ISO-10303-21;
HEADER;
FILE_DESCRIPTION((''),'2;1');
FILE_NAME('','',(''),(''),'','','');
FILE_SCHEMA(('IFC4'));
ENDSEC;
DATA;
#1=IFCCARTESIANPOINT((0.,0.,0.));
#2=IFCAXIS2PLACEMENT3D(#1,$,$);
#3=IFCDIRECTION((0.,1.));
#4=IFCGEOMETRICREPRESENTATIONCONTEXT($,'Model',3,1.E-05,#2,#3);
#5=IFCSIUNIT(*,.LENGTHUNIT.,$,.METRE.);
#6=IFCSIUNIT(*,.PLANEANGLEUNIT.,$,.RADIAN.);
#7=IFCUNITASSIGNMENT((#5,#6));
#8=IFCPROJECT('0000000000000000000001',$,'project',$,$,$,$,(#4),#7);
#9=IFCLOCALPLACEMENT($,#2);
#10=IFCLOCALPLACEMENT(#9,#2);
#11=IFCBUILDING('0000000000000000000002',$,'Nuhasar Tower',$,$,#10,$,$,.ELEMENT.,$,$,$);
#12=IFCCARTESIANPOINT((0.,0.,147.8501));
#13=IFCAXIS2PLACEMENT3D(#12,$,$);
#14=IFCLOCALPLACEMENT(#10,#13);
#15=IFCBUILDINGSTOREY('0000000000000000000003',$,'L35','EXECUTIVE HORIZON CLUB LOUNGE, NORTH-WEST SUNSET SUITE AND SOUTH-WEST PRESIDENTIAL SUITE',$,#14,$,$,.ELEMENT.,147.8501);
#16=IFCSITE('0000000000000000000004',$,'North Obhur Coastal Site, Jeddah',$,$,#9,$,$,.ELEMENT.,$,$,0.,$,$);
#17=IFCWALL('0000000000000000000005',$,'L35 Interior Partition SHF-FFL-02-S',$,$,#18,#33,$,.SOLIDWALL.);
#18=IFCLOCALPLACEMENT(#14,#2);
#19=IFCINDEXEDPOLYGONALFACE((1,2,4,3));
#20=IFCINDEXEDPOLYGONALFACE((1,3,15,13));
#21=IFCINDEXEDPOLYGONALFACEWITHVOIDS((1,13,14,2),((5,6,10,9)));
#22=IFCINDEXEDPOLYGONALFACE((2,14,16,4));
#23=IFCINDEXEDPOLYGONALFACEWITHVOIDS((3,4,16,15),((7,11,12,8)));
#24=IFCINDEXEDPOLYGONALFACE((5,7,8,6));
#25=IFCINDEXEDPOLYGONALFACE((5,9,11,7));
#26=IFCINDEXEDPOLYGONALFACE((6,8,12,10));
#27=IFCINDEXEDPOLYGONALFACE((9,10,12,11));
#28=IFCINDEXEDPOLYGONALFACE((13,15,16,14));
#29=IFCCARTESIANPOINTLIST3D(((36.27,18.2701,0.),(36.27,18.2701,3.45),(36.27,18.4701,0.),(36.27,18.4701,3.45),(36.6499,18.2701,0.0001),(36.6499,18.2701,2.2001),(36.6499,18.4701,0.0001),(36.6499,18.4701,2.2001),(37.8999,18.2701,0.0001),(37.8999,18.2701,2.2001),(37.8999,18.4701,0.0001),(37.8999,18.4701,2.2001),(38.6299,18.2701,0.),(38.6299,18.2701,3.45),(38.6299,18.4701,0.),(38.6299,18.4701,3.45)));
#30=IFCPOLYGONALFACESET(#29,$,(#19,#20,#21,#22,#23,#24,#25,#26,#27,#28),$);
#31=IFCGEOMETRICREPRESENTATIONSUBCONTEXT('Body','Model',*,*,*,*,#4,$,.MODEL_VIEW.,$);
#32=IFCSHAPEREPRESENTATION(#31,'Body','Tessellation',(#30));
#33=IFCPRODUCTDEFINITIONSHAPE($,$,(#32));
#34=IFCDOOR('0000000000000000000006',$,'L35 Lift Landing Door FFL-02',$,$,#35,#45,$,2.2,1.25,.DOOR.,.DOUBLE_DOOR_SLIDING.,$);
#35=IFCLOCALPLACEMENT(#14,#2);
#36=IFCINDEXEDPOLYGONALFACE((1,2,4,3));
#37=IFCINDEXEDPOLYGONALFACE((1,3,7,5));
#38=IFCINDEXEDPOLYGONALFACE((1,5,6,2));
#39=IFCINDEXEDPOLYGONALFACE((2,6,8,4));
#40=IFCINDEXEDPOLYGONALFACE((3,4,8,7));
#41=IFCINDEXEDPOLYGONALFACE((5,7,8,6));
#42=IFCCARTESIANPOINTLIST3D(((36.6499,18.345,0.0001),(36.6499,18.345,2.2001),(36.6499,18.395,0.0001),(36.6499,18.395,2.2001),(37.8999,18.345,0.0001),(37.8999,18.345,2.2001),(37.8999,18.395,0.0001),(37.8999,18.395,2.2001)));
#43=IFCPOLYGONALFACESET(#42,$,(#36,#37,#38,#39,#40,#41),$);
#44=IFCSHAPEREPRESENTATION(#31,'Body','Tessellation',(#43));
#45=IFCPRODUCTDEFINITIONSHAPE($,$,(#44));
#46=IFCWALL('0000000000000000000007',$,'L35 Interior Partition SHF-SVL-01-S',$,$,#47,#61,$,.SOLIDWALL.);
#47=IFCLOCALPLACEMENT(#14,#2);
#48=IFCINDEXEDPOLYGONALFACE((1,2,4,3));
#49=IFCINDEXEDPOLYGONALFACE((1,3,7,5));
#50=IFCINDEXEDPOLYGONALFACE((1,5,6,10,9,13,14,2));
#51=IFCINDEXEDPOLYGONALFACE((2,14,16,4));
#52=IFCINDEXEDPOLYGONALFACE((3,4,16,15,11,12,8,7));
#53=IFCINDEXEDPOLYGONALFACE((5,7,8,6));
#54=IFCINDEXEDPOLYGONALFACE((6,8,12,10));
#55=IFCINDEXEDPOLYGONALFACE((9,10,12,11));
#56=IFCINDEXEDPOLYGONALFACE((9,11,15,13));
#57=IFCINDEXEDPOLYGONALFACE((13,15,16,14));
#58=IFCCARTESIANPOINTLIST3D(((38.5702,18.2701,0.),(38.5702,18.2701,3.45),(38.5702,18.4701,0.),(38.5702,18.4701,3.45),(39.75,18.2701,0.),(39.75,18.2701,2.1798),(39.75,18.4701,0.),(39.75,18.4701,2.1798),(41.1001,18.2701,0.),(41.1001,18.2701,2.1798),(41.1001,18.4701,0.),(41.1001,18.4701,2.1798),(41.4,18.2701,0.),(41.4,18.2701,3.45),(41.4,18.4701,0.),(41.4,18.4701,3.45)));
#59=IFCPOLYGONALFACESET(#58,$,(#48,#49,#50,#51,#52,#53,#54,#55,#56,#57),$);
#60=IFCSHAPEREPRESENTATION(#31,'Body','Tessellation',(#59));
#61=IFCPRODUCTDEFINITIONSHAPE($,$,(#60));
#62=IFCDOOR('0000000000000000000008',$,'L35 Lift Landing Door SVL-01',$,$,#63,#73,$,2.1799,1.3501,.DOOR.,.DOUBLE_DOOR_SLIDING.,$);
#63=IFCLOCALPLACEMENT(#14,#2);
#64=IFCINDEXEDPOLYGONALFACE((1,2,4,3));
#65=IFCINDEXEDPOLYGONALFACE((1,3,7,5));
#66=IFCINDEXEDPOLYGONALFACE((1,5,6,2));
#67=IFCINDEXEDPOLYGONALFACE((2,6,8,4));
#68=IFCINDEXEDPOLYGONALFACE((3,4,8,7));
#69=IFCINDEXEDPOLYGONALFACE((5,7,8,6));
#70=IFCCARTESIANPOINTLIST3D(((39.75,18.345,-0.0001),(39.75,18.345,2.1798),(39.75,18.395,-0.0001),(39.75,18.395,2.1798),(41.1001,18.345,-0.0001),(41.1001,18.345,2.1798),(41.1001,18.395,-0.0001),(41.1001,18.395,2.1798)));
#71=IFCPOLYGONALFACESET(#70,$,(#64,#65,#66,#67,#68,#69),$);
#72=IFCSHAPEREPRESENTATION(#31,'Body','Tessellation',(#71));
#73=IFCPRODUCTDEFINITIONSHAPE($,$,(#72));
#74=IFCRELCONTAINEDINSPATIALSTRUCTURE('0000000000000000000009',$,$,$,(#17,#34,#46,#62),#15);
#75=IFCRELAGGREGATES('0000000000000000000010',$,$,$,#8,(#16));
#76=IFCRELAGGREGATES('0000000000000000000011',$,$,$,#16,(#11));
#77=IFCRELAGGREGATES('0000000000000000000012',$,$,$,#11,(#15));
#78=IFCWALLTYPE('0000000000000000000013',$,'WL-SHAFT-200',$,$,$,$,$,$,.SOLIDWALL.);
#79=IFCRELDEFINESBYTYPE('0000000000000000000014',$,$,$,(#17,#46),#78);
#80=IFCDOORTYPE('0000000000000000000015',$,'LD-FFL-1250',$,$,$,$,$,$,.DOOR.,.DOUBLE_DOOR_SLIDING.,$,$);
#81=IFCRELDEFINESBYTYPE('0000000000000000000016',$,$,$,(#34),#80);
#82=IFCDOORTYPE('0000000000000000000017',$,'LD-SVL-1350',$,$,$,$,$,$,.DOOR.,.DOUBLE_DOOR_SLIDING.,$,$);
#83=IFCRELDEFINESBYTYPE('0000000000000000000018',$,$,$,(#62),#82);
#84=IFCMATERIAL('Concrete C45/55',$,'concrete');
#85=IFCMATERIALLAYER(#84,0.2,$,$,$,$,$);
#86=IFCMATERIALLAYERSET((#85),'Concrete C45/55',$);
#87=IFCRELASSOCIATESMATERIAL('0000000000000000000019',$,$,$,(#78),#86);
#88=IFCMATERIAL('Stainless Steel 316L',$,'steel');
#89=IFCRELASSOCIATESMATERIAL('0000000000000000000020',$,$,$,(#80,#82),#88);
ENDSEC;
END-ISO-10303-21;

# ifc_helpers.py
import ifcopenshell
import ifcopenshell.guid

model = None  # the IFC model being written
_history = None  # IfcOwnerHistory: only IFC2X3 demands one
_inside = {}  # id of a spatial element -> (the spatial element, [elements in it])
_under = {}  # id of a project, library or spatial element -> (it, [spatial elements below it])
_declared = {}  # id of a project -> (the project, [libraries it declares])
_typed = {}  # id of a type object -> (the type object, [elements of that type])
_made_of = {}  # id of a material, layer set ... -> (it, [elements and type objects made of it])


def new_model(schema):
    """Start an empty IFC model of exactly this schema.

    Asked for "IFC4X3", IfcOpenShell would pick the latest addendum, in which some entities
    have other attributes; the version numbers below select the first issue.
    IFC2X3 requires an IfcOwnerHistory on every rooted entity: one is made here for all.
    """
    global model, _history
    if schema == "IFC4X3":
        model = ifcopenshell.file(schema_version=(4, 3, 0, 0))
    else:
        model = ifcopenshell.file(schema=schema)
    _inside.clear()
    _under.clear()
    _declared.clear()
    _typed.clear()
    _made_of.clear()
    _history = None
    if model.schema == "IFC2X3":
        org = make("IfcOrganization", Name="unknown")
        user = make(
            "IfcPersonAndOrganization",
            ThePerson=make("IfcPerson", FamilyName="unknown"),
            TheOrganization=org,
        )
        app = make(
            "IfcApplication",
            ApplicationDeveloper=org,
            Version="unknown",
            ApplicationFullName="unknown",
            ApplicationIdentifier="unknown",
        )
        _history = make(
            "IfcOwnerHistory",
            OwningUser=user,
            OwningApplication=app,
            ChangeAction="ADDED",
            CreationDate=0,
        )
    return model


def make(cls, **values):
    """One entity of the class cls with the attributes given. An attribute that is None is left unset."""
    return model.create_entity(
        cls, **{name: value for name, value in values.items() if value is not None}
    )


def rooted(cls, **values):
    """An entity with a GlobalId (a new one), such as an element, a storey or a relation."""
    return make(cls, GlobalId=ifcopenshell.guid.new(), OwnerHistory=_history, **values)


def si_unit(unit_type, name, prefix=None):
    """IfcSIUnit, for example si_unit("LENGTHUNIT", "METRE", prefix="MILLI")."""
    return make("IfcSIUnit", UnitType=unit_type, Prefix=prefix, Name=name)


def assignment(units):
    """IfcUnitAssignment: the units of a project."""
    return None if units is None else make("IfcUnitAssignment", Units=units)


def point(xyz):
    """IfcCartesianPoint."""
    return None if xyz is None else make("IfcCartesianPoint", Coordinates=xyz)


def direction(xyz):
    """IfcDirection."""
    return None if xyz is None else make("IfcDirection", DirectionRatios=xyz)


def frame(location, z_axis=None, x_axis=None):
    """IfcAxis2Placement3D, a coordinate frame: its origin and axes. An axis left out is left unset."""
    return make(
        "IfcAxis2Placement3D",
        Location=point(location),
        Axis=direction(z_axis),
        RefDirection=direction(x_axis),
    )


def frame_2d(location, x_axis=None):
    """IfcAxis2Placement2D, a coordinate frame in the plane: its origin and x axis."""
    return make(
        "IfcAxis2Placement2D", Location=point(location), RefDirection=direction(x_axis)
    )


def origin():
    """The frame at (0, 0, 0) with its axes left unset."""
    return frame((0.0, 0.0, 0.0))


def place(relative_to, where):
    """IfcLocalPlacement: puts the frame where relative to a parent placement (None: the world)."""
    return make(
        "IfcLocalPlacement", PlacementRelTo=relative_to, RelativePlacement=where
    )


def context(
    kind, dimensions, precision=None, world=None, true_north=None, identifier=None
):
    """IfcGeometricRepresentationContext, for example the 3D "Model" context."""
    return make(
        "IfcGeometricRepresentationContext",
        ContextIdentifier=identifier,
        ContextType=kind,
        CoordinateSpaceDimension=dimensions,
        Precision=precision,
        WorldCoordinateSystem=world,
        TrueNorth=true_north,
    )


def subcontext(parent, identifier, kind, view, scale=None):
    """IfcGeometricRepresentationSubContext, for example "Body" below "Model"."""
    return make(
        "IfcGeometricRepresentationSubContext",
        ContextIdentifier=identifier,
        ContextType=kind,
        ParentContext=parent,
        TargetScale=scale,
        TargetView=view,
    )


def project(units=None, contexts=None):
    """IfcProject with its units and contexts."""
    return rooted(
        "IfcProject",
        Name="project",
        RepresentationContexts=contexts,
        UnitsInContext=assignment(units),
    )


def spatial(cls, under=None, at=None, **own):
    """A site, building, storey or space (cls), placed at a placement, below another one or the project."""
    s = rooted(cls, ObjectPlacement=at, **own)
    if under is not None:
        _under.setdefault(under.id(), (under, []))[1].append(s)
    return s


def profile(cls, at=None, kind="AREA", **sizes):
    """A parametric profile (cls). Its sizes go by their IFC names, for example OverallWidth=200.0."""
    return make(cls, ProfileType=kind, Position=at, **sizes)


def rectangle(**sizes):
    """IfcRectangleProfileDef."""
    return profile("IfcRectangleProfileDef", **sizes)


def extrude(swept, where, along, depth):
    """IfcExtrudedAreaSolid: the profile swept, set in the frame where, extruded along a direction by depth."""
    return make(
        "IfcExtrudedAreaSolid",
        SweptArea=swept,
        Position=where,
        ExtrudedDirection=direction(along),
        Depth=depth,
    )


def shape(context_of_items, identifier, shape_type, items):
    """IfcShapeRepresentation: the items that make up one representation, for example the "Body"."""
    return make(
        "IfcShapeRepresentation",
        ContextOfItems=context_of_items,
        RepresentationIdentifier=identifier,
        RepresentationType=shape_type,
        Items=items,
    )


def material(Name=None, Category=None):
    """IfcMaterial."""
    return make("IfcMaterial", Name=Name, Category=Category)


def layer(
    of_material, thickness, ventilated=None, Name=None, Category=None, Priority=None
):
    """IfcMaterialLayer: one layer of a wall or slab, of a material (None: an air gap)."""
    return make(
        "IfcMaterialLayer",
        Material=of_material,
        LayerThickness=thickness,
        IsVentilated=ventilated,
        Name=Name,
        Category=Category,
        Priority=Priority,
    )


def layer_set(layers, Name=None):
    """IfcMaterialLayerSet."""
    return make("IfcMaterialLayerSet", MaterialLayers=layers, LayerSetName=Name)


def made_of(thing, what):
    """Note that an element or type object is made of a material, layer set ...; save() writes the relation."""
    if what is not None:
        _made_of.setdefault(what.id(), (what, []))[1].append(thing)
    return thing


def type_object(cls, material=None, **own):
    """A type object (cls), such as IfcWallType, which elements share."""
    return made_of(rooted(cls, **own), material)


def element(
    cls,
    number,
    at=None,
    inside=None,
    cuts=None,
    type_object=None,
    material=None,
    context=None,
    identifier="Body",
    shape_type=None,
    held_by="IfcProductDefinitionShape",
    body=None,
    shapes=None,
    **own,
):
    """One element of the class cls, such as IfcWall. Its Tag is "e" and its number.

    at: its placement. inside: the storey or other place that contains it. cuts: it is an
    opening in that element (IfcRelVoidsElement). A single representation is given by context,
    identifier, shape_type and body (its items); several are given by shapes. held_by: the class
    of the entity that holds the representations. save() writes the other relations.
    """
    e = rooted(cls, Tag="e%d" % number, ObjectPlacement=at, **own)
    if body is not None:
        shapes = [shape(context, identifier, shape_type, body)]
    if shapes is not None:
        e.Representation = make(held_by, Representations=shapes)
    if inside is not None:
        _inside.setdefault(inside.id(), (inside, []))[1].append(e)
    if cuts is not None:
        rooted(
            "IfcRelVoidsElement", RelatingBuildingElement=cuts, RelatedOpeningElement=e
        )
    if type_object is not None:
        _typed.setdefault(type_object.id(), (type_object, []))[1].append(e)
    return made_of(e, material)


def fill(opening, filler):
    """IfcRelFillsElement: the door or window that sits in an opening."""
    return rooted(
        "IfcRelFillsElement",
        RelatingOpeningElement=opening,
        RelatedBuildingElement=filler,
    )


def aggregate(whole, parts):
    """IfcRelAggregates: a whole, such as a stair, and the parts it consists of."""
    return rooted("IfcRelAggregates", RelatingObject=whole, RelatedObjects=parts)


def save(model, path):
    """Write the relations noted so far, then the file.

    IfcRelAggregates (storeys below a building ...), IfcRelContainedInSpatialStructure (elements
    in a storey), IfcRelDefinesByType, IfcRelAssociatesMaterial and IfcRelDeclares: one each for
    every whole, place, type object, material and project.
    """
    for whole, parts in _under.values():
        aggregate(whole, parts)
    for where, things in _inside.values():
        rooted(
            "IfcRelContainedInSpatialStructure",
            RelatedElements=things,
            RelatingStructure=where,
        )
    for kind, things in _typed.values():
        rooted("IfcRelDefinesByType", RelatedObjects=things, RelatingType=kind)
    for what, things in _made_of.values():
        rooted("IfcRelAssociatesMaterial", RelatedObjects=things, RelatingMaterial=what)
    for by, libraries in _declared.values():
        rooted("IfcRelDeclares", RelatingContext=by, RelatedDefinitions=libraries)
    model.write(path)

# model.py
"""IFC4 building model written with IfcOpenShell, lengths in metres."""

from ifc_helpers import new_model, si_unit, direction, frame, frame_2d, origin, place, context, subcontext, project, spatial, rectangle, extrude, material, layer, layer_set, type_object, element, fill, save


model = new_model("IFC4")

# Units and contexts
model_context = context("Model", 3, precision=1e-05, world=origin(), true_north=direction((0.0, 1.0)))
body_context = subcontext(model_context, "Body", "Model", "MODEL_VIEW")
ifc_project = project(units=[si_unit("LENGTHUNIT", "METRE"), si_unit("PLANEANGLEUNIT", "RADIAN")], contexts=[model_context])

# Site, building, storey
site_placement = place(None, origin())
site = spatial("IfcSite", under=ifc_project, at=site_placement, Name="North Obhur Coastal Site, Jeddah", CompositionType="ELEMENT", RefElevation=0.0)
building_placement = place(site_placement, origin())
building = spatial("IfcBuilding", under=site, at=building_placement, Name="Nuhasar Tower", CompositionType="ELEMENT")
storey_placement = place(building_placement, frame((0.0, 0.0, 147.8501)))
storey = spatial("IfcBuildingStorey", under=building, at=storey_placement, Name="L35", Description="EXECUTIVE HORIZON CLUB LOUNGE, NORTH-WEST SUNSET SUITE AND SOUTH-WEST PRESIDENTIAL SUITE", CompositionType="ELEMENT", Elevation=147.8501)

# Shared definitions
ifc_material_1 = material(Name="Concrete C45/55", Category="concrete")
ifc_layer_1 = layer(ifc_material_1, 0.2)
ifc_layer_set_1 = layer_set([ifc_layer_1], Name="Concrete C45/55")
wall_type_1 = type_object("IfcWallType", Name="WL-SHAFT-200", PredefinedType="SOLIDWALL", material=ifc_layer_set_1)

# Shared definitions
ifc_material_2 = material(Name="Stainless Steel 316L", Category="steel")
door_type_1 = type_object("IfcDoorType", Name="LD-FFL-1250", OperationType="DOUBLE_DOOR_SLIDING", PredefinedType="DOOR", material=ifc_material_2)

# Walls, openings, doors
wall_1_placement = place(storey_placement, frame((36.27, 18.3701, 0.0), z_axis=(0.0, 0.0, 1.0), x_axis=(1.0, 0.0, 0.0)))
wall_1 = element("IfcWall", 1, at=wall_1_placement, inside=storey, type_object=wall_type_1, Name="L35 Interior Partition SHF-FFL-02-S", PredefinedType="SOLIDWALL", context=body_context, shape_type="SweptSolid", body=[
    extrude(rectangle(XDim=2.3599, YDim=0.2, at=frame_2d((1.1799, 0.0))), origin(), (0.0, 0.0, 1.0), 3.45),
])
opening_1_placement = place(wall_1_placement, frame((0.3799, 0.0, 0.0)))
opening_1 = element("IfcOpeningElement", 2, at=opening_1_placement, cuts=wall_1, PredefinedType="OPENING", context=body_context, shape_type="SweptSolid", body=[
    extrude(rectangle(XDim=1.25, YDim=2.2, at=frame_2d((0.625, 1.1001))), frame((0.0, 0.1099, 0.0), z_axis=(0.0, -1.0, 0.0), x_axis=(1.0, 0.0, 0.0)), (0.0, 0.0, 1.0), 0.22),
])
door_1_placement = place(opening_1_placement, origin())
door_1 = element("IfcDoor", 3, at=door_1_placement, inside=storey, type_object=door_type_1, Name="L35 Lift Landing Door FFL-02", OperationType="DOUBLE_DOOR_SLIDING", OverallHeight=2.2, OverallWidth=1.25, PredefinedType="DOOR", context=body_context, shape_type="SweptSolid", body=[
    extrude(rectangle(XDim=1.25, YDim=2.2, at=frame_2d((0.625, 1.1001))), frame((0.0, 0.0249, 0.0), z_axis=(0.0, -1.0, 0.0), x_axis=(1.0, 0.0, 0.0)), (0.0, 0.0, 1.0), 0.05),
])
fill(opening_1, door_1)
wall_2_placement = place(storey_placement, frame((38.5701, 18.3701, 0.0), z_axis=(0.0, 0.0, 1.0), x_axis=(1.0, 0.0, 0.0)))
wall_2 = element("IfcWall", 4, at=wall_2_placement, inside=storey, type_object=wall_type_1, Name="L35 Interior Partition SHF-SVL-01-S", PredefinedType="SOLIDWALL", context=body_context, shape_type="SweptSolid", body=[
    extrude(rectangle(XDim=2.8298, YDim=0.2, at=frame_2d((1.415, 0.0))), origin(), (0.0, 0.0, 1.0), 3.45),
])
opening_2_placement = place(wall_2_placement, frame((1.1799, 0.0, 0.0)))
opening_2 = element("IfcOpeningElement", 5, at=opening_2_placement, cuts=wall_2, PredefinedType="OPENING", context=body_context, shape_type="SweptSolid", body=[
    extrude(rectangle(XDim=1.3501, YDim=2.1799, at=frame_2d((0.675, 1.0898))), frame((0.0, 0.1099, 0.0), z_axis=(0.0, -1.0, 0.0), x_axis=(1.0, 0.0, 0.0)), (0.0, 0.0, 1.0), 0.22),
])
door_type_2 = type_object("IfcDoorType", Name="LD-SVL-1350", OperationType="DOUBLE_DOOR_SLIDING", PredefinedType="DOOR", material=ifc_material_2)
door_2_placement = place(opening_2_placement, origin())
door_2 = element("IfcDoor", 6, at=door_2_placement, inside=storey, type_object=door_type_2, Name="L35 Lift Landing Door SVL-01", OperationType="DOUBLE_DOOR_SLIDING", OverallHeight=2.1799, OverallWidth=1.3501, PredefinedType="DOOR", context=body_context, shape_type="SweptSolid", body=[
    extrude(rectangle(XDim=1.3501, YDim=2.1799, at=frame_2d((0.675, 1.0898))), frame((0.0, 0.0249, 0.0), z_axis=(0.0, -1.0, 0.0), x_axis=(1.0, 0.0, 0.0)), (0.0, 0.0, 1.0), 0.05),
])
fill(opening_2, door_2)

save(model, "model.ifc")
